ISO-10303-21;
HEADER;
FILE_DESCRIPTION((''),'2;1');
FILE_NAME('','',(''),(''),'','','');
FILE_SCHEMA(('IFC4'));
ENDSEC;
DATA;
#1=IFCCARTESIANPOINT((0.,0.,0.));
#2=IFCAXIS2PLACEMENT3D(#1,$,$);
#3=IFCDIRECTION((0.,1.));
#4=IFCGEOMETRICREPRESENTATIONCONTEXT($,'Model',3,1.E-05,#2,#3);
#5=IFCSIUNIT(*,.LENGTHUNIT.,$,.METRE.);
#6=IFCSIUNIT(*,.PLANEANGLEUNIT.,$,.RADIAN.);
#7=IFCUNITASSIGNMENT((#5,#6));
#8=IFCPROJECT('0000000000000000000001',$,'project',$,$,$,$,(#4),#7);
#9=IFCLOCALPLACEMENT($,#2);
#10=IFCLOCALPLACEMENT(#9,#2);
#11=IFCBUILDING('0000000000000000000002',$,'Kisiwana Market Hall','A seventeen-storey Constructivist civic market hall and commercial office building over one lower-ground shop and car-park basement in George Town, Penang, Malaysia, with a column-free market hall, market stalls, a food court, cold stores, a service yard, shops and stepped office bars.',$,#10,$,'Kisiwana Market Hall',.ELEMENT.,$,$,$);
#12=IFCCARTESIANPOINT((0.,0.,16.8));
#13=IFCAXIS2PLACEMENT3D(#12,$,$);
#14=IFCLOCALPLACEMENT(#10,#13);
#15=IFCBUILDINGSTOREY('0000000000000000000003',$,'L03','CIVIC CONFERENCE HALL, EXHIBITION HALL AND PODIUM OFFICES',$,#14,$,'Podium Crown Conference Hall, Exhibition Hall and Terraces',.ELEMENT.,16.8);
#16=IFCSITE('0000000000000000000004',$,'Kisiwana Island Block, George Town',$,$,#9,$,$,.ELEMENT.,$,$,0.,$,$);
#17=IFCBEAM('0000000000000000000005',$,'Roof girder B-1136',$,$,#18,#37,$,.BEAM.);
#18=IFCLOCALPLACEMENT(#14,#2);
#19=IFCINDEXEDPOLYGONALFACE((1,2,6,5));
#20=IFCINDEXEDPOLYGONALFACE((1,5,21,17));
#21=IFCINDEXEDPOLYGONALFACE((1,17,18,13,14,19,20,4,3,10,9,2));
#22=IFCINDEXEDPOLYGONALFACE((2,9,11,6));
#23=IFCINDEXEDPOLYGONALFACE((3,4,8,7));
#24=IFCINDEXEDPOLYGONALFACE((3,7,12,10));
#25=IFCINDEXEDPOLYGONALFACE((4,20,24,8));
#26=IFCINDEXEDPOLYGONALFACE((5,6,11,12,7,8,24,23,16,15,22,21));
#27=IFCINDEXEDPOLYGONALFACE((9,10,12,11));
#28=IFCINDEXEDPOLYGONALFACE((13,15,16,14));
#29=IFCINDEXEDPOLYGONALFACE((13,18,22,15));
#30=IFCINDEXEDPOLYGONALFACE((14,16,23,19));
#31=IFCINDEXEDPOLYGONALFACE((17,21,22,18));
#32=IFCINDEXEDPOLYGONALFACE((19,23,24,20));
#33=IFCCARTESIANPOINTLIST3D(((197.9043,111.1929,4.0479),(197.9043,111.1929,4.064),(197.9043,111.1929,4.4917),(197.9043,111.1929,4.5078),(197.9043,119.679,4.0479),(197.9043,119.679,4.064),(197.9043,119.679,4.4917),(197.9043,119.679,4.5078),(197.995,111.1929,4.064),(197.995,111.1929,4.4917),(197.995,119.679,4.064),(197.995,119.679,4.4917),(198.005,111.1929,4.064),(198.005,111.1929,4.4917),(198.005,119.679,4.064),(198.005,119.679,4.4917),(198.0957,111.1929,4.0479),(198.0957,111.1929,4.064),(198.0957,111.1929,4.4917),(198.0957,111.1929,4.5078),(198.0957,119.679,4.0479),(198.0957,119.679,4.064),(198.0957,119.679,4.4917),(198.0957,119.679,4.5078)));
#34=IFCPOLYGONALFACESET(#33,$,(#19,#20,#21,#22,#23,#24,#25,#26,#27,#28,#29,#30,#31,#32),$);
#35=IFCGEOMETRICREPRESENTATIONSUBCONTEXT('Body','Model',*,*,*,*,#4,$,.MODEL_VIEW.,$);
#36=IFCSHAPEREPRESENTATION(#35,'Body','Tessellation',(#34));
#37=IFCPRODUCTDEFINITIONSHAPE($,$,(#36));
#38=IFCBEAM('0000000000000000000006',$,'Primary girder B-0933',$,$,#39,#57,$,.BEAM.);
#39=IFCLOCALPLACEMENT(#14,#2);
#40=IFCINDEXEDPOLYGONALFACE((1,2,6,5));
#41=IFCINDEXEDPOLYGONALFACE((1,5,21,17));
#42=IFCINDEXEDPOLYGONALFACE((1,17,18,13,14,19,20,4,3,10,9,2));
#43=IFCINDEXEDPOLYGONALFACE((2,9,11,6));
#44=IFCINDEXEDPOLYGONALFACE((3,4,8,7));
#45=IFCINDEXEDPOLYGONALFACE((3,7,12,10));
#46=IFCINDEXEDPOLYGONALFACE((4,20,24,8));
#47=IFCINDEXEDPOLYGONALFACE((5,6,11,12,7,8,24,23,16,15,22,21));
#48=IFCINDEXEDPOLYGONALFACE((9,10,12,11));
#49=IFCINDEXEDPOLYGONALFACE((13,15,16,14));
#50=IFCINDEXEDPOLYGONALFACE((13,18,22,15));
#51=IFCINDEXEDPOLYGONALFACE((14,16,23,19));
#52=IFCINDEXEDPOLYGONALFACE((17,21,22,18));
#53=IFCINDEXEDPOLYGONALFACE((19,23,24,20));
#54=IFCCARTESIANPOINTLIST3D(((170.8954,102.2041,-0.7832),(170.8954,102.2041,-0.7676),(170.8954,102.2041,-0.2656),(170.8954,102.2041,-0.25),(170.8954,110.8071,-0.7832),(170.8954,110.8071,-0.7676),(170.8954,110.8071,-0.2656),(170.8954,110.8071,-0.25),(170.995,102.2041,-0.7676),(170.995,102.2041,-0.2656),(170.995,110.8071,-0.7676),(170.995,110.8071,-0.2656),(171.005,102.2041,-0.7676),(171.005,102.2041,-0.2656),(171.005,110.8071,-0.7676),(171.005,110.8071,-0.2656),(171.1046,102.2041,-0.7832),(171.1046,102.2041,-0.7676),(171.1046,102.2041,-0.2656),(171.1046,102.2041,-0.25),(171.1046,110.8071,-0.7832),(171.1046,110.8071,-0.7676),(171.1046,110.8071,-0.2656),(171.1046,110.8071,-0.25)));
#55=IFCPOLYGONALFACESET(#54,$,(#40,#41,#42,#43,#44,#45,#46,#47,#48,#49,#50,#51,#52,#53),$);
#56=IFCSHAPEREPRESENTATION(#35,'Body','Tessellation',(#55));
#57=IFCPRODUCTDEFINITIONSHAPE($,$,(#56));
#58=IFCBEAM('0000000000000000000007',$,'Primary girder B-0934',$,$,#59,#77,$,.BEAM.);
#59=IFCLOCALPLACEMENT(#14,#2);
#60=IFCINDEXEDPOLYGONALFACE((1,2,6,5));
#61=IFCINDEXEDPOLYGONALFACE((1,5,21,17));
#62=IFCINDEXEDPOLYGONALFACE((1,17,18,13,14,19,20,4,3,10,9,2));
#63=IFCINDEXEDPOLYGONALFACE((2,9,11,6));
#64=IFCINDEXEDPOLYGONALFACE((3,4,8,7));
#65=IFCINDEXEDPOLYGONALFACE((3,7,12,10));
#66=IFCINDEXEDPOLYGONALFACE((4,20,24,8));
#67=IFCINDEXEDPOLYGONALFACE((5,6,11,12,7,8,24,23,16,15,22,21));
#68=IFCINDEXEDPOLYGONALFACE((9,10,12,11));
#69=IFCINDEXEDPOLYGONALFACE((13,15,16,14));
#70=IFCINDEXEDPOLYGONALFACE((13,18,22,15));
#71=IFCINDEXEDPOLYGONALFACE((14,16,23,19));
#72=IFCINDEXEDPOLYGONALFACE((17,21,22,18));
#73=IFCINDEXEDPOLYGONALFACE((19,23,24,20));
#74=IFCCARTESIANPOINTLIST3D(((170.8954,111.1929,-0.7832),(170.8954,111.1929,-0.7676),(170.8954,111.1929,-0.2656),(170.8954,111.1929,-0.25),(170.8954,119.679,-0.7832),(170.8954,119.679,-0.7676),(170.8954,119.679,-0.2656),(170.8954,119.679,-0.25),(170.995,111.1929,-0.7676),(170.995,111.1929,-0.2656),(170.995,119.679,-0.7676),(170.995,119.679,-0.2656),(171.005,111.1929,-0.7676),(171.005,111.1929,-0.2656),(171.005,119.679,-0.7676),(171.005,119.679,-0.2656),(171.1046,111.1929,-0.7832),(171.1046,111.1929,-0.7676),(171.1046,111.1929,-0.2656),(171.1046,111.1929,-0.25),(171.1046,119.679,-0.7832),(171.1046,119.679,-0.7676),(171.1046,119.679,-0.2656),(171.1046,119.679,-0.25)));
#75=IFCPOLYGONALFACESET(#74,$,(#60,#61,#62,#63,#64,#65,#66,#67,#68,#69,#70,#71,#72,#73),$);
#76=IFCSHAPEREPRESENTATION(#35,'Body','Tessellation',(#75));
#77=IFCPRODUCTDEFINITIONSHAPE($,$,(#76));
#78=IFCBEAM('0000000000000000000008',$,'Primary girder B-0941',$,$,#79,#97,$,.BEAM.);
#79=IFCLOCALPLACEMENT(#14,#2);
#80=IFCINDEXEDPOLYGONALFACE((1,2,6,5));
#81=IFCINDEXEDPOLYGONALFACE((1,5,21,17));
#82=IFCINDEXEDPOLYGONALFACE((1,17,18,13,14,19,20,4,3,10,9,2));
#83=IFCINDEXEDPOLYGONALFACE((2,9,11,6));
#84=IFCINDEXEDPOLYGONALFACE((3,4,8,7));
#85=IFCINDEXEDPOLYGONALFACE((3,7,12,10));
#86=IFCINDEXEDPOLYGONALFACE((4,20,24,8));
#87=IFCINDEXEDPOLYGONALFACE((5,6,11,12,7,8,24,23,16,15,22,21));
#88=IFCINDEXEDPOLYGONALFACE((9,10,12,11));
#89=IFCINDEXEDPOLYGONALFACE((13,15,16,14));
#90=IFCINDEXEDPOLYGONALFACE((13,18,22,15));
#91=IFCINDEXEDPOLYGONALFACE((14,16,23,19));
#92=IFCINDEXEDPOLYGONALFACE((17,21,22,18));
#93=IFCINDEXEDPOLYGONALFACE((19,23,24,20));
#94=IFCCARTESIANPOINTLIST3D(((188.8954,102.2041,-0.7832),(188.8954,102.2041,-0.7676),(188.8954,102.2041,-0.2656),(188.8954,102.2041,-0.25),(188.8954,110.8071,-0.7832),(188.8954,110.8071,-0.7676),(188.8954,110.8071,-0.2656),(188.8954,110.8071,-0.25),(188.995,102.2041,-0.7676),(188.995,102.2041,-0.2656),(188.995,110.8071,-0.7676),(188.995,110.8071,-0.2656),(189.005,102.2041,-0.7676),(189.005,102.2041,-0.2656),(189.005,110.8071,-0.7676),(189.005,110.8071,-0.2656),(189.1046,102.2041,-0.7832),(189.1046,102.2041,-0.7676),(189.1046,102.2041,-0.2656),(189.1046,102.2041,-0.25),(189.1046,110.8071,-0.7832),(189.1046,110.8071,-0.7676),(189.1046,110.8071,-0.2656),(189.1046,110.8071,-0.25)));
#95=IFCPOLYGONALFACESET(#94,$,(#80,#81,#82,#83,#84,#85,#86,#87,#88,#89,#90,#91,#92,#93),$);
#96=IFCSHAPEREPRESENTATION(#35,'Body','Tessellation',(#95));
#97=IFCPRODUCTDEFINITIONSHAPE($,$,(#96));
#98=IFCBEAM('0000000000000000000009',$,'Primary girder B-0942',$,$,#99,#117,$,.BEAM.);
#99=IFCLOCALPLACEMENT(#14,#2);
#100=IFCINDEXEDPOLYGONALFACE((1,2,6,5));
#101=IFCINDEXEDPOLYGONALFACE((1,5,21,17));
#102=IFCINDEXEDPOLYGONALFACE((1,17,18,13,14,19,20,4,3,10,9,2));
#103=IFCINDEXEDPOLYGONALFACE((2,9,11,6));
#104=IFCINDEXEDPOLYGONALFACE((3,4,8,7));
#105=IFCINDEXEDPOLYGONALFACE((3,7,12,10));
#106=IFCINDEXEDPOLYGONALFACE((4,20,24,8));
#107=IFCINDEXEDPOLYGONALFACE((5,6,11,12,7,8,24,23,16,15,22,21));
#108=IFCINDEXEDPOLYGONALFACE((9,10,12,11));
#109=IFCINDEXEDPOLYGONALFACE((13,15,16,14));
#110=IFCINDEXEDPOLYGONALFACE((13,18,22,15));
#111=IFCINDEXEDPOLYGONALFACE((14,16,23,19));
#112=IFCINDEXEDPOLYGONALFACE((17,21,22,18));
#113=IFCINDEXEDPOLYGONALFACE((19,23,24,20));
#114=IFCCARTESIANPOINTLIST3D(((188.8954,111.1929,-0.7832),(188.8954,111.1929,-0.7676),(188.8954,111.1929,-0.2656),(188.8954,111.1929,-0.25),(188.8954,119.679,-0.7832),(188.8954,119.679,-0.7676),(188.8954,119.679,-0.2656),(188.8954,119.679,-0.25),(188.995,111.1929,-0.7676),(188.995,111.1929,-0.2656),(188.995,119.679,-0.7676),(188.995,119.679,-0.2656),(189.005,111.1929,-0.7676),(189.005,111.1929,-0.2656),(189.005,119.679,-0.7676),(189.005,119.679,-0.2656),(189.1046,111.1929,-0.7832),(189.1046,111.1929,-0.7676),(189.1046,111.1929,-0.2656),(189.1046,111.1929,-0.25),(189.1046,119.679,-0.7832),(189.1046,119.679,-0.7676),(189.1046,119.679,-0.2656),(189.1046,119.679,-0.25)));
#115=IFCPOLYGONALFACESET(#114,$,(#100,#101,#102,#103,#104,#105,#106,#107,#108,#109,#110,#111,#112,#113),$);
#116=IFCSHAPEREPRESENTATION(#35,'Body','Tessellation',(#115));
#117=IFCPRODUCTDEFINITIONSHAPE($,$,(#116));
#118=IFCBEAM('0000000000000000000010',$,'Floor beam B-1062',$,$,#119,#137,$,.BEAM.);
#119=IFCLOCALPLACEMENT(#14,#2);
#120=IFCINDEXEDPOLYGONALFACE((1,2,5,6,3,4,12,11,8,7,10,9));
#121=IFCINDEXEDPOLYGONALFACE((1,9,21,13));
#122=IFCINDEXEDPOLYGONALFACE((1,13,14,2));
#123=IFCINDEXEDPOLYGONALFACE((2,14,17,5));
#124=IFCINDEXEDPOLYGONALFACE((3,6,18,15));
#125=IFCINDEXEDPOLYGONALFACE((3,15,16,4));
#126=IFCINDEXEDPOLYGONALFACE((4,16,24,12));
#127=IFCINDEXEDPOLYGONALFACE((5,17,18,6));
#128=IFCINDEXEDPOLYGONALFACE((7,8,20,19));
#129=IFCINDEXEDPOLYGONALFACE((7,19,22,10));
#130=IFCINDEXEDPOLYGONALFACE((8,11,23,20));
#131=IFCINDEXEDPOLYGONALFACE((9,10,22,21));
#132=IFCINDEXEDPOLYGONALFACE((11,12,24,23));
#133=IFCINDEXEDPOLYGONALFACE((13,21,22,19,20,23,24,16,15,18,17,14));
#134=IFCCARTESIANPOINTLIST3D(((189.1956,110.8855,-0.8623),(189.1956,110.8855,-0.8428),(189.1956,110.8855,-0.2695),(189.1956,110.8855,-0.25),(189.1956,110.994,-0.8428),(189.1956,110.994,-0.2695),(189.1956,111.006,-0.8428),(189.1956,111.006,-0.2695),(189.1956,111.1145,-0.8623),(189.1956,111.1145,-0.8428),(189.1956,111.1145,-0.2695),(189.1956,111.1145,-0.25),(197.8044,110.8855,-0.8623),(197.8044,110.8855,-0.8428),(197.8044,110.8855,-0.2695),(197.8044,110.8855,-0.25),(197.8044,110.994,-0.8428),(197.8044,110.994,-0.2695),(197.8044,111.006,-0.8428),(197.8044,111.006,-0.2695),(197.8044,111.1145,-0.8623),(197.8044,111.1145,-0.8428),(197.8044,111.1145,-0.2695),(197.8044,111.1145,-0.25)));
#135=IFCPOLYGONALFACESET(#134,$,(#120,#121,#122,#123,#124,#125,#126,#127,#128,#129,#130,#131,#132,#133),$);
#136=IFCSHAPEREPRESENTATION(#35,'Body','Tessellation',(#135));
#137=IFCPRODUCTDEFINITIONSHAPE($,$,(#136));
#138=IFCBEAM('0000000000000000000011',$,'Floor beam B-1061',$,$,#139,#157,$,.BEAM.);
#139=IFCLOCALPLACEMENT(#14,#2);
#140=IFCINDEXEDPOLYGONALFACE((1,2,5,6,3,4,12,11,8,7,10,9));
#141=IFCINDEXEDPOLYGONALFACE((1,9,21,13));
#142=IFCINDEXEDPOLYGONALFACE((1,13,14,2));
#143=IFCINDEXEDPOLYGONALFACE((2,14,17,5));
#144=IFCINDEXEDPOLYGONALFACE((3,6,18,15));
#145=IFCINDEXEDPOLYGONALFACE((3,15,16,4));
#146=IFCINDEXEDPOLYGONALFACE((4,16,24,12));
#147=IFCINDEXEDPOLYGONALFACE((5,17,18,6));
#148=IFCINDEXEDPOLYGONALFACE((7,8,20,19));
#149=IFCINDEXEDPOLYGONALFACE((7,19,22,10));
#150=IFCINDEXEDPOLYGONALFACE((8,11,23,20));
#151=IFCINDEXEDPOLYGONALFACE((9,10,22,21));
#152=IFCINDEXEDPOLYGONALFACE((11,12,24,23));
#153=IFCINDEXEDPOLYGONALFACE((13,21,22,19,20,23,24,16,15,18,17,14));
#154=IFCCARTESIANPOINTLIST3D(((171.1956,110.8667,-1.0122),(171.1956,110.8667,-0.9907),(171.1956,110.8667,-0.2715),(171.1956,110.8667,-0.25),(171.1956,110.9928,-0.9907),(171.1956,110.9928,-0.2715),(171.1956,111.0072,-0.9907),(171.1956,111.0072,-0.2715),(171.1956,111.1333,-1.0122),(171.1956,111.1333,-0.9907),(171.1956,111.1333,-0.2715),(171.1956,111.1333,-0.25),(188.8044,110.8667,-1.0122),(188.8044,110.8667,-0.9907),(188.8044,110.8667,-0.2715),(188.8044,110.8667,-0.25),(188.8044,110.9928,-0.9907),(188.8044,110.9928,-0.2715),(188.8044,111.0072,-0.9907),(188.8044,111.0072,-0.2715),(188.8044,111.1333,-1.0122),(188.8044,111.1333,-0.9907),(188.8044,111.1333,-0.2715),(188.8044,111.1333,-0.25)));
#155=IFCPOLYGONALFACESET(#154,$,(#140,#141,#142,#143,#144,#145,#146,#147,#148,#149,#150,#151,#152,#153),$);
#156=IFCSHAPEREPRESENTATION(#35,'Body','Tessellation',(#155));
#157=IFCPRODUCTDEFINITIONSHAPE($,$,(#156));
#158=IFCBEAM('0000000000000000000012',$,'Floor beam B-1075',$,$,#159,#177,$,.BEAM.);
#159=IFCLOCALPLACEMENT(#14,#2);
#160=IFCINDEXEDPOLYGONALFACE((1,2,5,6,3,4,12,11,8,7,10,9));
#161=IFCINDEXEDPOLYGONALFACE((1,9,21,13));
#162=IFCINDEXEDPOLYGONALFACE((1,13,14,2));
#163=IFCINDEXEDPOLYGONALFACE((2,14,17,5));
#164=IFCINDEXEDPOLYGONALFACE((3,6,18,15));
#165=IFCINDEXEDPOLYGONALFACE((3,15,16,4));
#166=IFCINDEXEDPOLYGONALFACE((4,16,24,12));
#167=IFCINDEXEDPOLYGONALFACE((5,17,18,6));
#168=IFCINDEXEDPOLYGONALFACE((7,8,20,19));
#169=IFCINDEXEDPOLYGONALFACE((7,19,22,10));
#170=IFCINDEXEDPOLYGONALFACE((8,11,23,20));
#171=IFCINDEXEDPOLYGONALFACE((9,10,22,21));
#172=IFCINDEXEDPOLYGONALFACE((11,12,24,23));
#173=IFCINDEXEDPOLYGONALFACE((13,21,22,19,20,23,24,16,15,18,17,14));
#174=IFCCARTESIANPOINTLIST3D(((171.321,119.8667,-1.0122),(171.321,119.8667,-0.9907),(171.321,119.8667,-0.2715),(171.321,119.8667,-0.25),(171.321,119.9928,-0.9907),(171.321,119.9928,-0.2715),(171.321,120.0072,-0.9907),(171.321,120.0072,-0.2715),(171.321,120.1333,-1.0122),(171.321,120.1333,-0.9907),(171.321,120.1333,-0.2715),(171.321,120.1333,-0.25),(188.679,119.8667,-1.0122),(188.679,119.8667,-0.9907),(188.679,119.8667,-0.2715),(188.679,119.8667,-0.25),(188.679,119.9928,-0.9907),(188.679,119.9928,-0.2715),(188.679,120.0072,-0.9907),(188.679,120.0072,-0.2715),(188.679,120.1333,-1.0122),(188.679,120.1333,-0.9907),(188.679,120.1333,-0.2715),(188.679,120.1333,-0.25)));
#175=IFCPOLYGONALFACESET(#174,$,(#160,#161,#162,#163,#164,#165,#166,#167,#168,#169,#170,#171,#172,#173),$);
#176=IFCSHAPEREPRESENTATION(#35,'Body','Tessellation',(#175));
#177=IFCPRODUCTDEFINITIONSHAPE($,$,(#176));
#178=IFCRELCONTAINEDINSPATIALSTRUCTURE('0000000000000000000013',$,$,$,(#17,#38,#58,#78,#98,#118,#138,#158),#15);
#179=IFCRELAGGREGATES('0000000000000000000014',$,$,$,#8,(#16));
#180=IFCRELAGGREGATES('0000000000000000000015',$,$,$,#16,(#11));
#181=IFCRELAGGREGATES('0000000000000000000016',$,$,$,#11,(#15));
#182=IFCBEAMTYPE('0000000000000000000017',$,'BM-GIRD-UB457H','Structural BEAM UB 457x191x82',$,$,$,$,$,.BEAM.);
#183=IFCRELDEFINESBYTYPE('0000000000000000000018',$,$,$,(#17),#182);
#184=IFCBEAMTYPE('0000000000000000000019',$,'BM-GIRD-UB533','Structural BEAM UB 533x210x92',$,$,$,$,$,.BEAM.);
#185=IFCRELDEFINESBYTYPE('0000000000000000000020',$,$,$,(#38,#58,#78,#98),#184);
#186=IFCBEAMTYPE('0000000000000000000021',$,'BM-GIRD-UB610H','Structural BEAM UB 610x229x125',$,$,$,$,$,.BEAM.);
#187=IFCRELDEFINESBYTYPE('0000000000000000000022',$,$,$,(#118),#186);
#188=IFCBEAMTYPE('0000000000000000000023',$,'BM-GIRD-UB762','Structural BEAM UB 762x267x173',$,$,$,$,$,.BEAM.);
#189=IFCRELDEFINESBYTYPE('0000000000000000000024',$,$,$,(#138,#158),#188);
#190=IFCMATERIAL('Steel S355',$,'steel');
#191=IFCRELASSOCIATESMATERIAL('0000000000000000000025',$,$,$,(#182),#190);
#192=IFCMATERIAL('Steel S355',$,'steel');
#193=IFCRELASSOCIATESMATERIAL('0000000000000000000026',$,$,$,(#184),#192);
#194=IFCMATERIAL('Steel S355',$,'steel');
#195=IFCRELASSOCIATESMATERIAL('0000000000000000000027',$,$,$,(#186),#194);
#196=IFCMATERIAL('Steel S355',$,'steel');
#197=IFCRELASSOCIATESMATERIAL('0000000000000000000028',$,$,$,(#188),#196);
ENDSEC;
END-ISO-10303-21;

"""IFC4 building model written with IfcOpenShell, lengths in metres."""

from ifc_helpers import new_model, si_unit, direction, frame, origin, origin_2d, place, context, subcontext, project, spatial, i_section, extrude, material, material_profile, profile_set, type_object, element, save


model = new_model("IFC4")

# Units and contexts
model_context = context("Model", 3, precision=1e-05, world=origin(), true_north=direction((0.0, 1.0)))
body_context = subcontext(model_context, "Body", "Model", "MODEL_VIEW")
ifc_project = project(units=[si_unit("LENGTHUNIT", "METRE"), si_unit("PLANEANGLEUNIT", "RADIAN")], contexts=[model_context])

# Site, building, storey
site_placement = place(None, origin())
site = spatial("IfcSite", under=ifc_project, at=site_placement, Name="Kisiwana Island Block, George Town", CompositionType="ELEMENT", RefElevation=0.0)
building_placement = place(site_placement, origin())
building = spatial("IfcBuilding", under=site, at=building_placement, Name="Kisiwana Market Hall", Description="A seventeen-storey Constructivist civic market hall and commercial office building over one lower-ground shop and car-park basement in George Town, Penang, Malaysia, with a column-free market hall, market stalls, a food court, cold stores, a service yard, shops and stepped office bars.", LongName="Kisiwana Market Hall", CompositionType="ELEMENT")
storey_placement = place(building_placement, frame((0.0, 0.0, 16.8)))
storey = spatial("IfcBuildingStorey", under=building, at=storey_placement, Name="L03", Description="CIVIC CONFERENCE HALL, EXHIBITION HALL AND PODIUM OFFICES", LongName="Podium Crown Conference Hall, Exhibition Hall and Terraces", CompositionType="ELEMENT", Elevation=16.8)

# Beams
ifc_material_1 = material(Name="Steel S355", Category="steel")
ifc_material_profile_1 = material_profile(ifc_material_1, i_section(OverallWidth=0.1914, OverallDepth=0.46, WebThickness=0.01, FlangeThickness=0.0161, at=origin_2d()), Name="UB 457x191x82")
ifc_profile_set_1 = profile_set([ifc_material_profile_1], Name="Steel S355")
beam_type_1 = type_object("IfcBeamType", Name="BM-GIRD-UB457H", Description="Structural BEAM UB 457x191x82", PredefinedType="BEAM", material=ifc_profile_set_1)
for number, where, z_axis, x_axis, name in (
    (1, (198.0, 111.1929, 4.2778), (0.0, 1.0, 0.0), (-1.0, 0.0, 0.0), "Roof girder B-1136"),
):
    element("IfcBeam", number, at=place(storey_placement, frame(where, z_axis=z_axis, x_axis=x_axis)), inside=storey, type_object=beam_type_1, Name=name, PredefinedType="BEAM", context=body_context, shape_type="SweptSolid", body=[
        extrude(i_section(OverallWidth=0.1914, OverallDepth=0.46, WebThickness=0.01, FlangeThickness=0.0161, at=origin_2d()), origin(), (0.0, 0.0, 1.0), 8.4861),
    ])
ifc_material_2 = material(Name="Steel S355", Category="steel")
ifc_material_profile_2 = material_profile(ifc_material_2, i_section(OverallWidth=0.2092, OverallDepth=0.5332, WebThickness=0.01, FlangeThickness=0.0156, at=origin_2d()), Name="UB 533x210x92")
ifc_profile_set_2 = profile_set([ifc_material_profile_2], Name="Steel S355")
beam_type_2 = type_object("IfcBeamType", Name="BM-GIRD-UB533", Description="Structural BEAM UB 533x210x92", PredefinedType="BEAM", material=ifc_profile_set_2)
beam_1_placement = place(storey_placement, frame((171.0, 102.2041, -0.5166), z_axis=(0.0, 1.0, 0.0), x_axis=(-1.0, 0.0, 0.0)))
element("IfcBeam", 2, at=beam_1_placement, inside=storey, type_object=beam_type_2, Name="Primary girder B-0933", PredefinedType="BEAM", context=body_context, shape_type="SweptSolid", body=[
    extrude(i_section(OverallWidth=0.2092, OverallDepth=0.5332, WebThickness=0.01, FlangeThickness=0.0156, at=origin_2d()), origin(), (0.0, 0.0, 1.0), 8.603),
])
beam_2_placement = place(storey_placement, frame((171.0, 111.1929, -0.5166), z_axis=(0.0, 1.0, 0.0), x_axis=(-1.0, 0.0, 0.0)))
element("IfcBeam", 3, at=beam_2_placement, inside=storey, type_object=beam_type_2, Name="Primary girder B-0934", PredefinedType="BEAM", context=body_context, shape_type="SweptSolid", body=[
    extrude(i_section(OverallWidth=0.2092, OverallDepth=0.5332, WebThickness=0.01, FlangeThickness=0.0156, at=origin_2d()), origin(), (0.0, 0.0, 1.0), 8.4861),
])
beam_3_placement = place(storey_placement, frame((189.0, 102.2041, -0.5166), z_axis=(0.0, 1.0, 0.0), x_axis=(-1.0, 0.0, 0.0)))
element("IfcBeam", 4, at=beam_3_placement, inside=storey, type_object=beam_type_2, Name="Primary girder B-0941", PredefinedType="BEAM", context=body_context, shape_type="SweptSolid", body=[
    extrude(i_section(OverallWidth=0.2092, OverallDepth=0.5332, WebThickness=0.01, FlangeThickness=0.0156, at=origin_2d()), origin(), (0.0, 0.0, 1.0), 8.603),
])
beam_4_placement = place(storey_placement, frame((189.0, 111.1929, -0.5166), z_axis=(0.0, 1.0, 0.0), x_axis=(-1.0, 0.0, 0.0)))
element("IfcBeam", 5, at=beam_4_placement, inside=storey, type_object=beam_type_2, Name="Primary girder B-0942", PredefinedType="BEAM", context=body_context, shape_type="SweptSolid", body=[
    extrude(i_section(OverallWidth=0.2092, OverallDepth=0.5332, WebThickness=0.01, FlangeThickness=0.0156, at=origin_2d()), origin(), (0.0, 0.0, 1.0), 8.4861),
])
ifc_material_3 = material(Name="Steel S355", Category="steel")
ifc_material_profile_3 = material_profile(ifc_material_3, i_section(OverallWidth=0.229, OverallDepth=0.6123, WebThickness=0.012, FlangeThickness=0.0195, at=origin_2d()), Name="UB 610x229x125")
ifc_profile_set_3 = profile_set([ifc_material_profile_3], Name="Steel S355")
beam_type_3 = type_object("IfcBeamType", Name="BM-GIRD-UB610H", Description="Structural BEAM UB 610x229x125", PredefinedType="BEAM", material=ifc_profile_set_3)
beam_5_placement = place(storey_placement, frame((189.1956, 111.0, -0.5562), z_axis=(1.0, 0.0, 0.0), x_axis=(0.0, 1.0, 0.0)))
element("IfcBeam", 6, at=beam_5_placement, inside=storey, type_object=beam_type_3, Name="Floor beam B-1062", PredefinedType="BEAM", context=body_context, shape_type="SweptSolid", body=[
    extrude(i_section(OverallWidth=0.229, OverallDepth=0.6123, WebThickness=0.012, FlangeThickness=0.0195, at=origin_2d()), origin(), (0.0, 0.0, 1.0), 8.6089),
])
ifc_material_4 = material(Name="Steel S355", Category="steel")
ifc_material_profile_4 = material_profile(ifc_material_4, i_section(OverallWidth=0.2666, OverallDepth=0.7622, WebThickness=0.0144, FlangeThickness=0.0215, at=origin_2d()), Name="UB 762x267x173")
ifc_profile_set_4 = profile_set([ifc_material_profile_4], Name="Steel S355")
beam_type_4 = type_object("IfcBeamType", Name="BM-GIRD-UB762", Description="Structural BEAM UB 762x267x173", PredefinedType="BEAM", material=ifc_profile_set_4)
beam_6_placement = place(storey_placement, frame((171.1956, 111.0, -0.6311), z_axis=(1.0, 0.0, 0.0), x_axis=(0.0, 1.0, 0.0)))
element("IfcBeam", 7, at=beam_6_placement, inside=storey, type_object=beam_type_4, Name="Floor beam B-1061", PredefinedType="BEAM", context=body_context, shape_type="SweptSolid", body=[
    extrude(i_section(OverallWidth=0.2666, OverallDepth=0.7622, WebThickness=0.0144, FlangeThickness=0.0215, at=origin_2d()), origin(), (0.0, 0.0, 1.0), 17.6089),
])
beam_7_placement = place(storey_placement, frame((171.321, 120.0, -0.6311), z_axis=(1.0, 0.0, 0.0), x_axis=(0.0, 1.0, 0.0)))
element("IfcBeam", 8, at=beam_7_placement, inside=storey, type_object=beam_type_4, Name="Floor beam B-1075", PredefinedType="BEAM", context=body_context, shape_type="SweptSolid", body=[
    extrude(i_section(OverallWidth=0.2666, OverallDepth=0.7622, WebThickness=0.0144, FlangeThickness=0.0215, at=origin_2d()), origin(), (0.0, 0.0, 1.0), 17.3579),
])

save(model, "model.ifc")
